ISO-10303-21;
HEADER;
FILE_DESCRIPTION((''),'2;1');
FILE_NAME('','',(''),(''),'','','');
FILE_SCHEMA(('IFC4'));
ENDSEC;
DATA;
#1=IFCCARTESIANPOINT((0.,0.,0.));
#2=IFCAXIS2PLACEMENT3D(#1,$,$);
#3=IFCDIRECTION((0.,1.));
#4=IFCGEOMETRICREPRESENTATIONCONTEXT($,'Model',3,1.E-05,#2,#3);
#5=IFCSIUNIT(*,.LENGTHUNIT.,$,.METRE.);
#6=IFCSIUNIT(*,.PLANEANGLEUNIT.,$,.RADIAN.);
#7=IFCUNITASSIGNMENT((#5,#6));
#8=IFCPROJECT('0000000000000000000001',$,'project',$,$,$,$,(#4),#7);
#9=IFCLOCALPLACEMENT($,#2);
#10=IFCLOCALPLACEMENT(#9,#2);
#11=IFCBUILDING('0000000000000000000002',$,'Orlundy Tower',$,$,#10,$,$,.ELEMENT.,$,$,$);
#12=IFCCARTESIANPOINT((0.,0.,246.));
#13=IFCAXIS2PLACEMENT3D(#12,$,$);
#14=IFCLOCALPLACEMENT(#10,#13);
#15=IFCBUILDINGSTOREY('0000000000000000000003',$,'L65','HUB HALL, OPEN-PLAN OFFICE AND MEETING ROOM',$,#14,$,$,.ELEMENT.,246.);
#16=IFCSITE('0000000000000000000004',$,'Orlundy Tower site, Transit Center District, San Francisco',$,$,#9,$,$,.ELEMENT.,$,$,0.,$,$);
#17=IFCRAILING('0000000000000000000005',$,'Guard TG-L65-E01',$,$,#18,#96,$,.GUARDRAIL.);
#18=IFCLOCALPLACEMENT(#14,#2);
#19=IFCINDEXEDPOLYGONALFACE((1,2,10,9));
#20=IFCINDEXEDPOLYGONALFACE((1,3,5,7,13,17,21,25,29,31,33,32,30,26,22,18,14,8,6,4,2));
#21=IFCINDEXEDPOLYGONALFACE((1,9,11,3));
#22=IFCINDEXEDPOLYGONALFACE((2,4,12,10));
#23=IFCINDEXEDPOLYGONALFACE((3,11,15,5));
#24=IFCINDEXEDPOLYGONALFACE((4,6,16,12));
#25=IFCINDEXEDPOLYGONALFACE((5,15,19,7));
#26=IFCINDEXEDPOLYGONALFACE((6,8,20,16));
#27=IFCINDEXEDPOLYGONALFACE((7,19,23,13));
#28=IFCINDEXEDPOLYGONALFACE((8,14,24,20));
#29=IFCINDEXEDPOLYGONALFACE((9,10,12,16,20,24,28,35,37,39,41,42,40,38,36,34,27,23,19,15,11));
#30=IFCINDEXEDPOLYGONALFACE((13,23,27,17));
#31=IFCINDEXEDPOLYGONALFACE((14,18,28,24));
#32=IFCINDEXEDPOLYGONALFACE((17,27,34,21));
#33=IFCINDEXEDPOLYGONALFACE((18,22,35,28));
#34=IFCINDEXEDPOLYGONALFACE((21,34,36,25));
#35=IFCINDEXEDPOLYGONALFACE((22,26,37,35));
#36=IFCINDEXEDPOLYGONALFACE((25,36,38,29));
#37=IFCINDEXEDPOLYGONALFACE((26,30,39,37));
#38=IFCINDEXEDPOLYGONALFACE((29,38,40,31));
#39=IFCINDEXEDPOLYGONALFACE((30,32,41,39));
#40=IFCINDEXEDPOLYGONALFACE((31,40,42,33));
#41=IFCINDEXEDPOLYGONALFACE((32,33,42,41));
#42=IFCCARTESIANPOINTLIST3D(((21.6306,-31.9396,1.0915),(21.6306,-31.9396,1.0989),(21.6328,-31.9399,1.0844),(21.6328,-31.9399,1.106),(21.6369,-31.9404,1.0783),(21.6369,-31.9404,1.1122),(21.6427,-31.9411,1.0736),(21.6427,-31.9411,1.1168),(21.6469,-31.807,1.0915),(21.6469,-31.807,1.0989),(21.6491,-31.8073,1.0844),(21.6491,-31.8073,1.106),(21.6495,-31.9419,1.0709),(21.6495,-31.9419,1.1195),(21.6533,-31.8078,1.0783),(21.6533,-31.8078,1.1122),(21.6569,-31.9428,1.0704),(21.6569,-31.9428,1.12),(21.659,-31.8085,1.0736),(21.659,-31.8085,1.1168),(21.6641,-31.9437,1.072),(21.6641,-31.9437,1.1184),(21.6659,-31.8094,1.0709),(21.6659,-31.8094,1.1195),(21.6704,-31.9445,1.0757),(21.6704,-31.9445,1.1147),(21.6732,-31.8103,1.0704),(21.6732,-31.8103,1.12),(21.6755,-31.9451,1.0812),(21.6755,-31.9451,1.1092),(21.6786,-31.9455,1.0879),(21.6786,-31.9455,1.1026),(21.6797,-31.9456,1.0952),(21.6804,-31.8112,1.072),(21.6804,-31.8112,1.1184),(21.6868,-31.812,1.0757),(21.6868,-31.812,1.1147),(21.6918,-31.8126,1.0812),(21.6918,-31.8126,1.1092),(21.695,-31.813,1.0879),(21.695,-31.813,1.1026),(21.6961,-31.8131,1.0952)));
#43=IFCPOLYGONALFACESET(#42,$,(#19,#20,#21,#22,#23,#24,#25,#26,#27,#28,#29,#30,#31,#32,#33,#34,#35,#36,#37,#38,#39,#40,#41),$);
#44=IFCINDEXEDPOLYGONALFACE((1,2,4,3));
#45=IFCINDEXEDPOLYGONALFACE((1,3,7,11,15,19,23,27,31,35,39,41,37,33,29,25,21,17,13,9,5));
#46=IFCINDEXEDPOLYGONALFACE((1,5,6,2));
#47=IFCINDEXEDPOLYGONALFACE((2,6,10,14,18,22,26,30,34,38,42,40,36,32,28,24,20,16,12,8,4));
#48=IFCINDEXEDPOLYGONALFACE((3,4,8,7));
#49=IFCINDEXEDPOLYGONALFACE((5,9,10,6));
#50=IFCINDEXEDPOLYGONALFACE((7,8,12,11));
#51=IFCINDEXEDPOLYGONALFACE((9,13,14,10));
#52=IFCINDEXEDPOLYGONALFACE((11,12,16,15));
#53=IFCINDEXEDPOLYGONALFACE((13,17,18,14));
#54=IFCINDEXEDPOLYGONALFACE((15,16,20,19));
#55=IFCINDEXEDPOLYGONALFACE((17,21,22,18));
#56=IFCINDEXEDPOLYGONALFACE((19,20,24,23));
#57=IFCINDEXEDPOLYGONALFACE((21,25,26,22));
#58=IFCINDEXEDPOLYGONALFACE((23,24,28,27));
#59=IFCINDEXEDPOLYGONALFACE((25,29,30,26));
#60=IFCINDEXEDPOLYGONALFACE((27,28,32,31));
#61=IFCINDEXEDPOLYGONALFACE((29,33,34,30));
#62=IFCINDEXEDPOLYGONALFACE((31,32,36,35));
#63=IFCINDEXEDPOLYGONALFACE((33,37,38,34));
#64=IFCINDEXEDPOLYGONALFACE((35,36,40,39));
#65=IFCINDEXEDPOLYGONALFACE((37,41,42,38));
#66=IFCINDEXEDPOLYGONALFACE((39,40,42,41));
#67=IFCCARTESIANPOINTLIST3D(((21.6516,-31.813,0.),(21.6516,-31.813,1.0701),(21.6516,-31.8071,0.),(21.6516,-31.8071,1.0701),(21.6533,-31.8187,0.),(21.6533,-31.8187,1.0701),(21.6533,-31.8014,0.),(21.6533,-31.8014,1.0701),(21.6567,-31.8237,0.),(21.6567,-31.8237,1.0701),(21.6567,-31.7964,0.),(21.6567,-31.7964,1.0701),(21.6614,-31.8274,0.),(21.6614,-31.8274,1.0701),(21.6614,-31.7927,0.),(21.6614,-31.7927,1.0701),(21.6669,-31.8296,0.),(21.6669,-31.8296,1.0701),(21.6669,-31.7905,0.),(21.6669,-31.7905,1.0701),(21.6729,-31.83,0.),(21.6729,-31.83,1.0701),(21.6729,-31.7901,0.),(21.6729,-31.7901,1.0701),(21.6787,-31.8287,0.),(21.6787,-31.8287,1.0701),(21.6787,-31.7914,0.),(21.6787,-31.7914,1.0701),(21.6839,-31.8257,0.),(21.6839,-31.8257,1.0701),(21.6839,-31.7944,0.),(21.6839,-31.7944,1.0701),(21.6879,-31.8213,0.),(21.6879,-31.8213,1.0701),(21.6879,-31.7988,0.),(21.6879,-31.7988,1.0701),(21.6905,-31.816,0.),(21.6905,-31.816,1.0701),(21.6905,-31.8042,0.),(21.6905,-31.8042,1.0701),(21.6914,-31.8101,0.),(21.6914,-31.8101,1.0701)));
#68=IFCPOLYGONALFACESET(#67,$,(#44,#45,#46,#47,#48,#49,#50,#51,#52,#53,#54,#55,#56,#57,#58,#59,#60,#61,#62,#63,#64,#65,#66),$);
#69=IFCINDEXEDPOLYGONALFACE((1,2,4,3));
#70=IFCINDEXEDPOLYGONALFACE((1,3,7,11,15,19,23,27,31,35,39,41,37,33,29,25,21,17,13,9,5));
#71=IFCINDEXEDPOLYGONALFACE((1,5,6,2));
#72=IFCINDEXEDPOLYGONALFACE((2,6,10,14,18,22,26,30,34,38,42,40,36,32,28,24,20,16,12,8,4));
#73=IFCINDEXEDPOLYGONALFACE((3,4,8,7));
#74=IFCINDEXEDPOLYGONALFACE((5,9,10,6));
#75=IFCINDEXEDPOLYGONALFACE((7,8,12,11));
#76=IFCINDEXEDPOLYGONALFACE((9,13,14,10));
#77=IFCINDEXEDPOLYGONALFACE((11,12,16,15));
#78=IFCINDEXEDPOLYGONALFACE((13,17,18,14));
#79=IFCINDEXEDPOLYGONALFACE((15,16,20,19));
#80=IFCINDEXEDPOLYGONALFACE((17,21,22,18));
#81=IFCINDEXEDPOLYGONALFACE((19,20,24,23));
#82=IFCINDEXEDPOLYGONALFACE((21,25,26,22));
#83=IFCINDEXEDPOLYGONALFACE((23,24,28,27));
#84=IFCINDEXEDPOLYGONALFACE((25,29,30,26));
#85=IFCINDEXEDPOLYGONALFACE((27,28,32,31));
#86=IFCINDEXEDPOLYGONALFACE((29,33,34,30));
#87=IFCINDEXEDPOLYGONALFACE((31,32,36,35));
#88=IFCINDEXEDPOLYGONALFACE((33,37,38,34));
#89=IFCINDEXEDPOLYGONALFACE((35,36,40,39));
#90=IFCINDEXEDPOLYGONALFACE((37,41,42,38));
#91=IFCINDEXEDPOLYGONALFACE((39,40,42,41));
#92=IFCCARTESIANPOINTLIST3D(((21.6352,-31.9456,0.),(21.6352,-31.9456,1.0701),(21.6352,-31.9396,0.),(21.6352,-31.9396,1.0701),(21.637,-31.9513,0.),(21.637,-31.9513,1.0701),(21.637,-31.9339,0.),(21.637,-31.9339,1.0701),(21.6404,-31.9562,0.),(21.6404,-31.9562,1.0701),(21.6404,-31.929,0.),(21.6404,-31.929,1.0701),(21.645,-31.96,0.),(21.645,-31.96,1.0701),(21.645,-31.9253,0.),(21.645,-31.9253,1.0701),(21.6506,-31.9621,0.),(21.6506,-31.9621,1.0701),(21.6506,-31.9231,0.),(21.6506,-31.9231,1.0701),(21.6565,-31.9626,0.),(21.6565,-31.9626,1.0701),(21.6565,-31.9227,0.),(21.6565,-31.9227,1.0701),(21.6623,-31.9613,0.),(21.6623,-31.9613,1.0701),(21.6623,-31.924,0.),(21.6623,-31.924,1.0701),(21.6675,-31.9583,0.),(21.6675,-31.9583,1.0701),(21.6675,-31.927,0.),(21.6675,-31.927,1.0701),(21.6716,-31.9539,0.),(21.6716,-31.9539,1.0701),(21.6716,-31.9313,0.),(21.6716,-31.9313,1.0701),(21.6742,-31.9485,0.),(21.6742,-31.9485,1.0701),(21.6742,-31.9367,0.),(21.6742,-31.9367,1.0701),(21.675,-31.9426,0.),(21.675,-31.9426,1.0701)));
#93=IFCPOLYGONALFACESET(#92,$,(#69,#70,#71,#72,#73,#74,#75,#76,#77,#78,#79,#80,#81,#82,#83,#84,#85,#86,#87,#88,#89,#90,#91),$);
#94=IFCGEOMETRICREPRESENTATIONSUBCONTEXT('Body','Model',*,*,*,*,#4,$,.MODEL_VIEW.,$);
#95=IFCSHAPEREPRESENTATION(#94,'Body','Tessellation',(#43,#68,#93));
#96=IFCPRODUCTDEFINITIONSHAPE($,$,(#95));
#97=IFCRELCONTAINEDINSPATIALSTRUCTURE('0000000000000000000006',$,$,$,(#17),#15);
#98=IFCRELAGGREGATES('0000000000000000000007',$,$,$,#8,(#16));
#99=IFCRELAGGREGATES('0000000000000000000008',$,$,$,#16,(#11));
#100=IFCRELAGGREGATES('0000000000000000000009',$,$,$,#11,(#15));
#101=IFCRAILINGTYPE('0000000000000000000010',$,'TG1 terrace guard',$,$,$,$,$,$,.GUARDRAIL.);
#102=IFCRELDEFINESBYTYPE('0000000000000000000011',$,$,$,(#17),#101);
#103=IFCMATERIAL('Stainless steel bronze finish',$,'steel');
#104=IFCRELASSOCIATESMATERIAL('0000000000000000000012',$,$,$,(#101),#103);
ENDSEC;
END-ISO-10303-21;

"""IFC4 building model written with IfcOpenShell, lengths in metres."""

from ifc_helpers import new_model, si_unit, direction, frame, origin, origin_2d, place, context, subcontext, project, spatial, circle, extrude, material, type_object, element, save


model = new_model("IFC4")

# Units and contexts
model_context = context("Model", 3, precision=1e-05, world=origin(), true_north=direction((0.0, 1.0)))
body_context = subcontext(model_context, "Body", "Model", "MODEL_VIEW")
ifc_project = project(units=[si_unit("LENGTHUNIT", "METRE"), si_unit("PLANEANGLEUNIT", "RADIAN")], contexts=[model_context])

# Site, building, storey
site_placement = place(None, origin())
site = spatial("IfcSite", under=ifc_project, at=site_placement, Name="Orlundy Tower site, Transit Center District, San Francisco", CompositionType="ELEMENT", RefElevation=0.0)
building_placement = place(site_placement, origin())
building = spatial("IfcBuilding", under=site, at=building_placement, Name="Orlundy Tower", CompositionType="ELEMENT")
storey_placement = place(building_placement, frame((0.0, 0.0, 246.0)))
storey = spatial("IfcBuildingStorey", under=building, at=storey_placement, Name="L65", Description="HUB HALL, OPEN-PLAN OFFICE AND MEETING ROOM", CompositionType="ELEMENT", Elevation=246.0)

# Railing
ifc_material_1 = material(Name="Stainless steel bronze finish", Category="steel")
railing_type = type_object("IfcRailingType", Name="TG1 terrace guard", PredefinedType="GUARDRAIL", material=ifc_material_1)
railing_placement = place(storey_placement, frame((21.6714, -31.8101, 0.0)))
element("IfcRailing", 1, at=railing_placement, inside=storey, type_object=railing_type, Name="Guard TG-L65-E01", PredefinedType="GUARDRAIL", context=body_context, shape_type="SweptSolid", body=[
    extrude(circle(Radius=0.0249, at=origin_2d()), frame((0.0, 0.0, 1.0952), z_axis=(-0.12246, -0.992473, 0.0), x_axis=(0.992473, -0.12246, 0.0)), (0.0, 0.0, 1.0), 0.1335),
    extrude(circle(Radius=0.02, at=origin_2d()), origin(), (0.0, 0.0, 1.0), 1.0701),
    extrude(circle(Radius=0.02, at=origin_2d()), frame((-0.0164, -0.1326, 0.0)), (0.0, 0.0, 1.0), 1.0701),
])

save(model, "model.ifc")
